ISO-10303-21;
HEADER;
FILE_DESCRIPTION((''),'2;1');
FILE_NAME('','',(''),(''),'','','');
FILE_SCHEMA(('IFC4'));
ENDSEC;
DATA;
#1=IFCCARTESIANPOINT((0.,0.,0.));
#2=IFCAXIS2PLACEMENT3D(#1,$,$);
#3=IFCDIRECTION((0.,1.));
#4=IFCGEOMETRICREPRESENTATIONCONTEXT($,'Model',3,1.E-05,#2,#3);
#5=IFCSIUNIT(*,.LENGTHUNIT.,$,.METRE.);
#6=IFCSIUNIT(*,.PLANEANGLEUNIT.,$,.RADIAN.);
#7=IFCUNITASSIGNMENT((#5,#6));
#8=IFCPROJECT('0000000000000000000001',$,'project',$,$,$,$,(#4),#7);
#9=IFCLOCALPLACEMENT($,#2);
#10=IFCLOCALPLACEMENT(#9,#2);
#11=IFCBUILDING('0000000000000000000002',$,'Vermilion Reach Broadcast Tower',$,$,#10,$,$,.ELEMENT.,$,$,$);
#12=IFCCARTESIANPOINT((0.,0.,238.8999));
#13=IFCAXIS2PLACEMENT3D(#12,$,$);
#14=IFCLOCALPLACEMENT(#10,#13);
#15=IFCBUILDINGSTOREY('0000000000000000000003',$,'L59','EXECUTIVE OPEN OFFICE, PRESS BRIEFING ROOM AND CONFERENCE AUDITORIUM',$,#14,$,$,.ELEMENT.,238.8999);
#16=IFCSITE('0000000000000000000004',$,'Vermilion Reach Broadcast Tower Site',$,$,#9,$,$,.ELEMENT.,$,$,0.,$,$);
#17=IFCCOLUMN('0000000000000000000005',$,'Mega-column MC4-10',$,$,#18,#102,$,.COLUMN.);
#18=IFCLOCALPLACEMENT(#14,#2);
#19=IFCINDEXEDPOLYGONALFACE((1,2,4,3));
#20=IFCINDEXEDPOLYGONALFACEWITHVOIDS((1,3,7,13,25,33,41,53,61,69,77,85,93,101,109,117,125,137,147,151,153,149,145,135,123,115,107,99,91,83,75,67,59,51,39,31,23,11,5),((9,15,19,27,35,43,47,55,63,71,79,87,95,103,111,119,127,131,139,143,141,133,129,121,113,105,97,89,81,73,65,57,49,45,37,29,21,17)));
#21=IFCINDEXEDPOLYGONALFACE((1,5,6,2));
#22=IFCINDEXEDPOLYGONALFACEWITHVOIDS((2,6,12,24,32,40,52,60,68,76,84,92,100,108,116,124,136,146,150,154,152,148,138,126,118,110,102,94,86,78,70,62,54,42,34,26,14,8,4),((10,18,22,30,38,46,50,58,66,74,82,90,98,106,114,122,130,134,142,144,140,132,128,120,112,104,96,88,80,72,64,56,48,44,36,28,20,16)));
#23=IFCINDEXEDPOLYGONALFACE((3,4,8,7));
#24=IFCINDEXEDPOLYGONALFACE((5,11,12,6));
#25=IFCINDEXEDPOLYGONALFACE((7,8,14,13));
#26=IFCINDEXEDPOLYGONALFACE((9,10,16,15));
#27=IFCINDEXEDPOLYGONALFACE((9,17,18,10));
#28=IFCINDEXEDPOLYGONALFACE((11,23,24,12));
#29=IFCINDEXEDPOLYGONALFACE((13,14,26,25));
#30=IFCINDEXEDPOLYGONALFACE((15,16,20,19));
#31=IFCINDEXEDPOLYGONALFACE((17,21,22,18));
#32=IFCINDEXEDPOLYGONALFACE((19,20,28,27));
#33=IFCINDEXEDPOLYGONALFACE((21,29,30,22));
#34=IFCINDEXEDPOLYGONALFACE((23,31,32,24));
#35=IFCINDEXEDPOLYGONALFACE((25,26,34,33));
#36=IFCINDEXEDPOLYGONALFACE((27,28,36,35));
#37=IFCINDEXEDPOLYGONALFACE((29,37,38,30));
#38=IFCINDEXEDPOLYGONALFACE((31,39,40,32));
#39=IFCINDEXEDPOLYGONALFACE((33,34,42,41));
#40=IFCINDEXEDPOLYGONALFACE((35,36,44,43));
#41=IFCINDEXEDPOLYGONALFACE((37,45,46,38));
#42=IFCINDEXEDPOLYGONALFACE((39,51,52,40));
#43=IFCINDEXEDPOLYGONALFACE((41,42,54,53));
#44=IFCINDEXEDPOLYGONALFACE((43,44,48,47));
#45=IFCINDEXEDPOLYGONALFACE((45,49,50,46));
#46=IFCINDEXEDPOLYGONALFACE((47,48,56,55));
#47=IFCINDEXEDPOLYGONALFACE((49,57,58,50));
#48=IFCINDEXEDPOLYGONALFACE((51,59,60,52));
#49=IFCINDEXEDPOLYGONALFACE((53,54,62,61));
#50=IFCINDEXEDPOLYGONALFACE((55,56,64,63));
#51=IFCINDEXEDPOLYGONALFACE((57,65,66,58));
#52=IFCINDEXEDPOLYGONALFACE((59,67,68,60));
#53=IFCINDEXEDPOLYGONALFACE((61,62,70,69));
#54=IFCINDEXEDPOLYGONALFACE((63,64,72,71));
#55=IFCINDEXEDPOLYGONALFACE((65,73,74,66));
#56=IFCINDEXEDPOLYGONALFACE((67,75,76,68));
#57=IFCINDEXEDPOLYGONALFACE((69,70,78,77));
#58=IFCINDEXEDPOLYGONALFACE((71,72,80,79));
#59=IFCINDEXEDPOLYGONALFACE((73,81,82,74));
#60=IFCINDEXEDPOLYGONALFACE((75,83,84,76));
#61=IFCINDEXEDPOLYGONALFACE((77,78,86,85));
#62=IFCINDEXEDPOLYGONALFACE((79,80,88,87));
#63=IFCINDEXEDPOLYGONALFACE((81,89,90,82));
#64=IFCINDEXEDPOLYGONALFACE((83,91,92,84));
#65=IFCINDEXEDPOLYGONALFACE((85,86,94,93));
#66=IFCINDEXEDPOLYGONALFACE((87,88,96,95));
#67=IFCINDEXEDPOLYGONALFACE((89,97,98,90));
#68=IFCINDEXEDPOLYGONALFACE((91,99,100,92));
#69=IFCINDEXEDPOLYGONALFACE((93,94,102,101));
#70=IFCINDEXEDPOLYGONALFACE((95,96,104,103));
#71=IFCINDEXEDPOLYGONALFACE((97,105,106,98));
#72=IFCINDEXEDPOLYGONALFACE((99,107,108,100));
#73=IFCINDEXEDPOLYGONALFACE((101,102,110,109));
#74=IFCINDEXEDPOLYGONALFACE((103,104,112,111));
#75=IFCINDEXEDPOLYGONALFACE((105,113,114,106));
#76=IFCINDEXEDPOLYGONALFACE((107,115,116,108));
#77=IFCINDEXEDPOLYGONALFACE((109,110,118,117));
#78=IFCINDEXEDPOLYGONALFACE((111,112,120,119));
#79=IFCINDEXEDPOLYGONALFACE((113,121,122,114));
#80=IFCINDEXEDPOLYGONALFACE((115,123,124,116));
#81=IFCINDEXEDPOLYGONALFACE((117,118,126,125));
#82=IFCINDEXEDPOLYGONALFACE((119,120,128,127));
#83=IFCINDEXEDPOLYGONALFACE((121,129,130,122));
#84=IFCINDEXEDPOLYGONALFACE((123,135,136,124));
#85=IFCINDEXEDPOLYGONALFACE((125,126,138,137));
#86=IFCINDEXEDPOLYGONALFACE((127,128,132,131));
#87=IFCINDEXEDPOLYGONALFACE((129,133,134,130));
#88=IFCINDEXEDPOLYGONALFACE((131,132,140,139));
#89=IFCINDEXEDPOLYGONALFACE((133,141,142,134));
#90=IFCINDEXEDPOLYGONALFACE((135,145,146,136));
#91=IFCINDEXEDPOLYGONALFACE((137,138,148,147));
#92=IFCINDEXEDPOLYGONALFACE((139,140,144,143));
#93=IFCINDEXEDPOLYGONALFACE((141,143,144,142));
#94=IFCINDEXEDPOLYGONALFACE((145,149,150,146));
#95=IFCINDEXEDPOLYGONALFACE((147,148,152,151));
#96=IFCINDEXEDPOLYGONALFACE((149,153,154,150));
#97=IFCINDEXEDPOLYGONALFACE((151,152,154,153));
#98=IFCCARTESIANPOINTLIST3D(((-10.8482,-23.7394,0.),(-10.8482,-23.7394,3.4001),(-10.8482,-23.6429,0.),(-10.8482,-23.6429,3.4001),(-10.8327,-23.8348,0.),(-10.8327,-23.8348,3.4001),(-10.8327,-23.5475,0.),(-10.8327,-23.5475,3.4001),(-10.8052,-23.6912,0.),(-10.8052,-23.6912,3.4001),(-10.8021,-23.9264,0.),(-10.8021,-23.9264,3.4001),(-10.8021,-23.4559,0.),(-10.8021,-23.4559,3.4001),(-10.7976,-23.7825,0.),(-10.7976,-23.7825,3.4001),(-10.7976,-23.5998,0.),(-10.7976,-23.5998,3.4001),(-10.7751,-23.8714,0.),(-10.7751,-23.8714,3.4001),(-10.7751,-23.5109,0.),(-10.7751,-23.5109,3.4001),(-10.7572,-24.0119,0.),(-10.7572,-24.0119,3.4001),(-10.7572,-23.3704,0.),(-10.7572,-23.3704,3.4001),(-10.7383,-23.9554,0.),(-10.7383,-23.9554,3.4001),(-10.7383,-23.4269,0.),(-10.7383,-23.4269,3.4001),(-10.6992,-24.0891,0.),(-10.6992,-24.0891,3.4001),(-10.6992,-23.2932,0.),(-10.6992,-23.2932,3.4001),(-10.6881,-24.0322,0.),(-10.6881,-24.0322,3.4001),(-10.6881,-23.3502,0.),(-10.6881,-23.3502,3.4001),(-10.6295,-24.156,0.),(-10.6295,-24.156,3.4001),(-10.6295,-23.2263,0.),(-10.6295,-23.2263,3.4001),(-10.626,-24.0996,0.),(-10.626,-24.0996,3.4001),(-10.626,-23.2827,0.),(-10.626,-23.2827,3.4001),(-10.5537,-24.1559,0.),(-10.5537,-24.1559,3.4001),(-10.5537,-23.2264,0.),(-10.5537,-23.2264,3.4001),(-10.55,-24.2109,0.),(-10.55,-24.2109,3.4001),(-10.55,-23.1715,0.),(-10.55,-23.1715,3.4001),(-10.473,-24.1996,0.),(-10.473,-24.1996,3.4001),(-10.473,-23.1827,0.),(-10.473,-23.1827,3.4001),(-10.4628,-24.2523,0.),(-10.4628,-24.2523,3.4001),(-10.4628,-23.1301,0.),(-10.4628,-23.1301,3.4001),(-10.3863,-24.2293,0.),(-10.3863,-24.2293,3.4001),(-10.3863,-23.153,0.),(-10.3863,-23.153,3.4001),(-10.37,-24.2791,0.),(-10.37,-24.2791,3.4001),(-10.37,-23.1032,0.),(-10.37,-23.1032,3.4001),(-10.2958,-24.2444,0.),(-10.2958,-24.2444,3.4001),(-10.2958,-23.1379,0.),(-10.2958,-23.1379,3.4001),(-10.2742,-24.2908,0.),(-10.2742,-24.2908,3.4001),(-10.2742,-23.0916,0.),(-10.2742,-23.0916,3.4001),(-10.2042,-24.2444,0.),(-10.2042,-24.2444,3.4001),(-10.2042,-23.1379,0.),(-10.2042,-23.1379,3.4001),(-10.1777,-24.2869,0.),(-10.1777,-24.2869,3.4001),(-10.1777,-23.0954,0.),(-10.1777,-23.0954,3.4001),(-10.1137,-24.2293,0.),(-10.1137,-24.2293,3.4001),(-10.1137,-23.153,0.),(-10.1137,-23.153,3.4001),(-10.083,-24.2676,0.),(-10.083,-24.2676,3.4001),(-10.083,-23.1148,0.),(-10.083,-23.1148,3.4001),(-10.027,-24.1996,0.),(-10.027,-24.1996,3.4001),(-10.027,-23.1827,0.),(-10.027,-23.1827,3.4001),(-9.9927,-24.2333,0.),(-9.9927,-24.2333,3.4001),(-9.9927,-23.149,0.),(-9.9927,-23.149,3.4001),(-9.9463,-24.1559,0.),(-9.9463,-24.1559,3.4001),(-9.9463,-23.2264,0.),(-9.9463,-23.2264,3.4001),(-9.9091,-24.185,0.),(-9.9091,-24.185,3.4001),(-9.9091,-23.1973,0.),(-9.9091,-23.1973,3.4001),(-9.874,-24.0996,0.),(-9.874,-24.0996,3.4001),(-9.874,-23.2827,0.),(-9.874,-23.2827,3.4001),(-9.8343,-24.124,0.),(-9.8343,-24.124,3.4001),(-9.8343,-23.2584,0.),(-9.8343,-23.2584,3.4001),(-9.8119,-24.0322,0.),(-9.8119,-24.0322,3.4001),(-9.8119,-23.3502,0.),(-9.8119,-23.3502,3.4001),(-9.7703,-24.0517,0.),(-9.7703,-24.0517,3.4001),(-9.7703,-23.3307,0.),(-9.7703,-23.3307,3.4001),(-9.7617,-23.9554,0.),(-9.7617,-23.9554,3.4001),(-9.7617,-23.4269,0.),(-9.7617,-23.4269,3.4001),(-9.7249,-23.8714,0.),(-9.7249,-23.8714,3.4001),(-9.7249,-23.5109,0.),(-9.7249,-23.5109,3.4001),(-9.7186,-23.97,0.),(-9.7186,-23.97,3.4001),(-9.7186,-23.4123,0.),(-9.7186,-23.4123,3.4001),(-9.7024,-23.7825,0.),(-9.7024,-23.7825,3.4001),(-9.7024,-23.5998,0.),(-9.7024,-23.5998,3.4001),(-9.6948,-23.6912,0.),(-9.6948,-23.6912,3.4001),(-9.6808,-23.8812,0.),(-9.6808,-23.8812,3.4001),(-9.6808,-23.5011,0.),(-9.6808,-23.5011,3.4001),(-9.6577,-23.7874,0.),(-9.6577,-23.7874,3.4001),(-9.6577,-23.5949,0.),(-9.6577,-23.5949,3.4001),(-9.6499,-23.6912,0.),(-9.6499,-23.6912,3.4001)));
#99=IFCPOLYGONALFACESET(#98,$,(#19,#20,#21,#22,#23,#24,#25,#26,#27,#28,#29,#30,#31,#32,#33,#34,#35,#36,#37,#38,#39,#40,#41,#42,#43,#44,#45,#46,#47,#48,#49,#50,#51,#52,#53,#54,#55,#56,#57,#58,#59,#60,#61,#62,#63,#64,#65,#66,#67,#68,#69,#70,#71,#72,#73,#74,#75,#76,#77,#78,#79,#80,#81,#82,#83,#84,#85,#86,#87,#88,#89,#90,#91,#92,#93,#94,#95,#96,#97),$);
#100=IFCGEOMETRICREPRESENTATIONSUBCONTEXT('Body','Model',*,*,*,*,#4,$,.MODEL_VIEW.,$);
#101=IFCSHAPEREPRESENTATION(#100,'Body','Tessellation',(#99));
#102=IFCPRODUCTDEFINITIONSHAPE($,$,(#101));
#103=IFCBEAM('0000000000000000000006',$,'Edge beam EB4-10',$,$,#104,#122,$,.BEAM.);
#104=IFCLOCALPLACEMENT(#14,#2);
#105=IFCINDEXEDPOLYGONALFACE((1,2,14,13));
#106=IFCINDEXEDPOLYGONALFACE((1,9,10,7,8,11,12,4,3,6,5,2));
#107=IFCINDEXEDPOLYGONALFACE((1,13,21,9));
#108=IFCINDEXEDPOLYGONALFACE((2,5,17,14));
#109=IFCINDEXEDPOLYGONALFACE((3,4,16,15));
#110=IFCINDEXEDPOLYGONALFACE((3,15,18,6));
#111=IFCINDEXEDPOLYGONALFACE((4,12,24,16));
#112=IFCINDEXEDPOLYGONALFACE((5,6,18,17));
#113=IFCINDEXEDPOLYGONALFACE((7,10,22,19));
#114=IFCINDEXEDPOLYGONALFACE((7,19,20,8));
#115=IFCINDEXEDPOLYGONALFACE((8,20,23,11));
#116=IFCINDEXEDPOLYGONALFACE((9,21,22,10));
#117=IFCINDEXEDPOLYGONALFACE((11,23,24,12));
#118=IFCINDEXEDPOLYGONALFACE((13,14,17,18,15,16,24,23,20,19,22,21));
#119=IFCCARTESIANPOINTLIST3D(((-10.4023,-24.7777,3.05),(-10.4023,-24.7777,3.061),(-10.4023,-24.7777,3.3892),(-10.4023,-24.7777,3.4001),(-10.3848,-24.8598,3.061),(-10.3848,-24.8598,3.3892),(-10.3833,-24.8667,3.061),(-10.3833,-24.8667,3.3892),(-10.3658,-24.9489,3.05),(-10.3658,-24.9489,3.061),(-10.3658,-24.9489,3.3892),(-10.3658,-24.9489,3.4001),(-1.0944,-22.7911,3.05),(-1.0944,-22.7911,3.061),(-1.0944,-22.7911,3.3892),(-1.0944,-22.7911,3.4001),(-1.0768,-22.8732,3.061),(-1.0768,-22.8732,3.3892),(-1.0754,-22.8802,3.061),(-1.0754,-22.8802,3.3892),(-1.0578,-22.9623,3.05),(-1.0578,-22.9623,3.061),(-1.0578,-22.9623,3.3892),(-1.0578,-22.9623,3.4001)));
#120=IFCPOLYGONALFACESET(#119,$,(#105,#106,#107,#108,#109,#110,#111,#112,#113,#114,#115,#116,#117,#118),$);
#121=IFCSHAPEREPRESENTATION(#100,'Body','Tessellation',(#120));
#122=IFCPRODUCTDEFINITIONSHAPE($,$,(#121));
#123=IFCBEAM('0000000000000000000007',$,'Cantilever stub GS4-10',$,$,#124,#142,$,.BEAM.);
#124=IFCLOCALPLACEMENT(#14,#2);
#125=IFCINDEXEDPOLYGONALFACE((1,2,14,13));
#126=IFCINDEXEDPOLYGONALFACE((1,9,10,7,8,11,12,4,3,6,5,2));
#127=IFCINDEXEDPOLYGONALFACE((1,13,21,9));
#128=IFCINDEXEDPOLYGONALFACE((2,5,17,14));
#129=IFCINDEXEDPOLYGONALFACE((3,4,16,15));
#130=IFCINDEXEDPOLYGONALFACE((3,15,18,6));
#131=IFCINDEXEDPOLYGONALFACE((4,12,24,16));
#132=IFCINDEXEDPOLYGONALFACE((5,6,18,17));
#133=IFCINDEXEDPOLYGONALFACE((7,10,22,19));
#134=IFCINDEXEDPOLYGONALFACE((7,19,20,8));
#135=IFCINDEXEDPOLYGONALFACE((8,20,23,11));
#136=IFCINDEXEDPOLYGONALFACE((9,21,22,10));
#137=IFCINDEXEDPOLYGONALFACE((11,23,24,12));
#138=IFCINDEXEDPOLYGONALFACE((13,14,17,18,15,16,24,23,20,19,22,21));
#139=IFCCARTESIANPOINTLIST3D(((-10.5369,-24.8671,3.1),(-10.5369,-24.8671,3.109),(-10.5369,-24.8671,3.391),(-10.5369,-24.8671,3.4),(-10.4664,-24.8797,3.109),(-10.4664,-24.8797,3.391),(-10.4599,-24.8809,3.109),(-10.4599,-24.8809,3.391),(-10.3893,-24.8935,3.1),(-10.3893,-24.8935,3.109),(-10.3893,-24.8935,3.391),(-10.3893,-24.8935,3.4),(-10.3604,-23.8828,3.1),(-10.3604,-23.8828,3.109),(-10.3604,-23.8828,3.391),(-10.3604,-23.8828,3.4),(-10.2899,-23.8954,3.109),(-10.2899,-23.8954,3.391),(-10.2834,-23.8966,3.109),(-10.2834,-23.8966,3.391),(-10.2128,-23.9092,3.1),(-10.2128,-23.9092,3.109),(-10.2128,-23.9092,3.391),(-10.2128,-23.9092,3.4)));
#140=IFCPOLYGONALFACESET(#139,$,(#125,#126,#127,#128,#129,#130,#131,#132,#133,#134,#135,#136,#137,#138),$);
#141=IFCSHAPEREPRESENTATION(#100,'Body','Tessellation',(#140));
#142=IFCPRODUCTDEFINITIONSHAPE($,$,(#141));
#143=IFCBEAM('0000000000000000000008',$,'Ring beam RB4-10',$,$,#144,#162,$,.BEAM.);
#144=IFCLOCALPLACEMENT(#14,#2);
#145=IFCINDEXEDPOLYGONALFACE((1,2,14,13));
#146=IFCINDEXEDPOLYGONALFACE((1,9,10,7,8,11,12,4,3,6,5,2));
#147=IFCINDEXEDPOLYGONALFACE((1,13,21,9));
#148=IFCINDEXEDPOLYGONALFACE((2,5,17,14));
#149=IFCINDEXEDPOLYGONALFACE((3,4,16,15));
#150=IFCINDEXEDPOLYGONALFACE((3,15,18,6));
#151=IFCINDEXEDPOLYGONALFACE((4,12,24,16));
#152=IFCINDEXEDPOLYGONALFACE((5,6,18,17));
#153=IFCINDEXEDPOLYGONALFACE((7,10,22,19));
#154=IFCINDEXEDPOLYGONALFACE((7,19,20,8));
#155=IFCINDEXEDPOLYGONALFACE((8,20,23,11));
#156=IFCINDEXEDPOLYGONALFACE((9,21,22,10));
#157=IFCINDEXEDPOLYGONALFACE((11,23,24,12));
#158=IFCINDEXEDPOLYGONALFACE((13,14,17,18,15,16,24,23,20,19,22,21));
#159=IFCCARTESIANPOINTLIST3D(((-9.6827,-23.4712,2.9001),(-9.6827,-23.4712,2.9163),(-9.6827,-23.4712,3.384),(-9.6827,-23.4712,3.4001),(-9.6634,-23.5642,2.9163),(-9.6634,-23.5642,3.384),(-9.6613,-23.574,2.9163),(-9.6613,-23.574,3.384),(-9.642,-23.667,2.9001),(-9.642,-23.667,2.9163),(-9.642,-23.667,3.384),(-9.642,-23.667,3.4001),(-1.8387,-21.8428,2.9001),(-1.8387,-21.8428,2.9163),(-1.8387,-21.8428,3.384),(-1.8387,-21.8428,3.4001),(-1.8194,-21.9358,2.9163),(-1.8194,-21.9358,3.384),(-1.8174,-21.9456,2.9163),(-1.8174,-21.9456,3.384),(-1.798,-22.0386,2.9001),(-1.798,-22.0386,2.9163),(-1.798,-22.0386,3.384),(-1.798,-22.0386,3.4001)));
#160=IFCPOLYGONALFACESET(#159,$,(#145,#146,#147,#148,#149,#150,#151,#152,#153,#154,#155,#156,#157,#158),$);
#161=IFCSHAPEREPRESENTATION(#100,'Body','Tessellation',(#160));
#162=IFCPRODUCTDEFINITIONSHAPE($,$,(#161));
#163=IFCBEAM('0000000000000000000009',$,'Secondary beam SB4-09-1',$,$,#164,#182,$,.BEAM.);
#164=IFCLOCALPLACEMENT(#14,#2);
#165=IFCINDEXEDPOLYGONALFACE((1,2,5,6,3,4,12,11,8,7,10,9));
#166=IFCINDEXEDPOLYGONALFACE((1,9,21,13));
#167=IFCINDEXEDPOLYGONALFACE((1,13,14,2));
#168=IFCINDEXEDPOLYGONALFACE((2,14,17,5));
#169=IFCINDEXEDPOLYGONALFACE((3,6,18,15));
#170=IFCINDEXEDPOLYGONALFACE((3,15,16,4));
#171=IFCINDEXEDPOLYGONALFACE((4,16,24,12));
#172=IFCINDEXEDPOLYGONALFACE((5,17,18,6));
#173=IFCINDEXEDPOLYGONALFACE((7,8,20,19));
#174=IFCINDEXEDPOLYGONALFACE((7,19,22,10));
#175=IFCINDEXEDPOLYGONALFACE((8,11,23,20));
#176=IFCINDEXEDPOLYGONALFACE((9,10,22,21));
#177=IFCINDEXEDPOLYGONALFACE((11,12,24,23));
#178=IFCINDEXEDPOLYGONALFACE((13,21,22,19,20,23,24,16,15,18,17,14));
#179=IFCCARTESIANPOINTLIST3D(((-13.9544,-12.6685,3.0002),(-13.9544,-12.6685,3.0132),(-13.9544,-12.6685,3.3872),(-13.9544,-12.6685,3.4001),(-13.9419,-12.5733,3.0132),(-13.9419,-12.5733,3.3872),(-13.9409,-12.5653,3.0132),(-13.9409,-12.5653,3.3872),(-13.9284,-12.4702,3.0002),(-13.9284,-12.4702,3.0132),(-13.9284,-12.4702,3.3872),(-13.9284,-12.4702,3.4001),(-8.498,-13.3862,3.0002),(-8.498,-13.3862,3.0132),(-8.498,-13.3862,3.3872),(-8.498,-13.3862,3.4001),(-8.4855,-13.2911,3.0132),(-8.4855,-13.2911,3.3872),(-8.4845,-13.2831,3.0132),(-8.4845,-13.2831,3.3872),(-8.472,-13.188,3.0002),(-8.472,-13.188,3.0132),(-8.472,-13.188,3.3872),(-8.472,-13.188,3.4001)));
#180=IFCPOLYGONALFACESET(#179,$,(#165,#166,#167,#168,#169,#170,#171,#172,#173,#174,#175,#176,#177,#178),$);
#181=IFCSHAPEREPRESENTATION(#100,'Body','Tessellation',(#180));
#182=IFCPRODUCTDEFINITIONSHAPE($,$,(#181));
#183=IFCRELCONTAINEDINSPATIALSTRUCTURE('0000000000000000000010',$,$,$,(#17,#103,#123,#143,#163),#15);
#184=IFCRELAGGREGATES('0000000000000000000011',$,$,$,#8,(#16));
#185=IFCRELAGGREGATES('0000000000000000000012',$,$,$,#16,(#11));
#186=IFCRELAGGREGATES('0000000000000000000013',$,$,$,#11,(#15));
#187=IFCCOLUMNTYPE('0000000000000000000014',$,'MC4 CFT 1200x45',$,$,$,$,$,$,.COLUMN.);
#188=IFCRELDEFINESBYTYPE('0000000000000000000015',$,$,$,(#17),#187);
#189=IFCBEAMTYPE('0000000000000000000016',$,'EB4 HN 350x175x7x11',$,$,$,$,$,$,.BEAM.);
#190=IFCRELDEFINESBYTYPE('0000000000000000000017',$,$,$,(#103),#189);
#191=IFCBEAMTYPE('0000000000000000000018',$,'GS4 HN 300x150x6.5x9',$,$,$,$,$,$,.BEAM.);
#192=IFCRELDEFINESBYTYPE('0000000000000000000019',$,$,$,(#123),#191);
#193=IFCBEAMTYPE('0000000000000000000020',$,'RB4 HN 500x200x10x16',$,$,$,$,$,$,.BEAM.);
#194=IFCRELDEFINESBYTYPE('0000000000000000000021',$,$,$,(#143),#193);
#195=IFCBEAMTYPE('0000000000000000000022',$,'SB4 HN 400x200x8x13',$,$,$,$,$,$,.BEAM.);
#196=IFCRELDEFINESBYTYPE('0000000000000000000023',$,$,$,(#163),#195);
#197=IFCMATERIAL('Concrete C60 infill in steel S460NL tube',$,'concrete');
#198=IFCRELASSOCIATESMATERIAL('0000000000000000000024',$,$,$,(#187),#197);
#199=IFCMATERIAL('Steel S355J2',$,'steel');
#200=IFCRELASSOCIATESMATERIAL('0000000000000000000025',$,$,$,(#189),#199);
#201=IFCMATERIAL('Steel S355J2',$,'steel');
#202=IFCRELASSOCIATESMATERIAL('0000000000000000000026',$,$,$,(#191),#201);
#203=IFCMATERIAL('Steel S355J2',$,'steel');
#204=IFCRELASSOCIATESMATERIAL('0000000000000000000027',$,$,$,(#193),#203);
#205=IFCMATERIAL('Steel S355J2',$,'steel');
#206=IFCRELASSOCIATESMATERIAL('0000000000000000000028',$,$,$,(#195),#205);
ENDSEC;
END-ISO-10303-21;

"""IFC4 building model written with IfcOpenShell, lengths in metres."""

from ifc_helpers import new_model, si_unit, direction, frame, origin, origin_2d, place, context, subcontext, project, spatial, hollow_circle, i_section, extrude, material, material_profile, profile_set, type_object, element, save


model = new_model("IFC4")

# Units and contexts
model_context = context("Model", 3, precision=1e-05, world=origin(), true_north=direction((0.0, 1.0)))
body_context = subcontext(model_context, "Body", "Model", "MODEL_VIEW")
ifc_project = project(units=[si_unit("LENGTHUNIT", "METRE"), si_unit("PLANEANGLEUNIT", "RADIAN")], contexts=[model_context])

# Site, building, storey
site_placement = place(None, origin())
site = spatial("IfcSite", under=ifc_project, at=site_placement, Name="Vermilion Reach Broadcast Tower Site", CompositionType="ELEMENT", RefElevation=0.0)
building_placement = place(site_placement, origin())
building = spatial("IfcBuilding", under=site, at=building_placement, Name="Vermilion Reach Broadcast Tower", CompositionType="ELEMENT")
storey_placement = place(building_placement, frame((0.0, 0.0, 238.8999)))
storey = spatial("IfcBuildingStorey", under=building, at=storey_placement, Name="L59", Description="EXECUTIVE OPEN OFFICE, PRESS BRIEFING ROOM AND CONFERENCE AUDITORIUM", CompositionType="ELEMENT", Elevation=238.8999)

# Column
ifc_material_1 = material(Name="Concrete C60 infill in steel S460NL tube", Category="concrete")
ifc_material_profile_1 = material_profile(ifc_material_1, hollow_circle(Radius=0.6001, WallThickness=0.0449, at=origin_2d()), Name="Concrete C60 infill in steel S460NL tube CFT 1200x45")
ifc_profile_set_1 = profile_set([ifc_material_profile_1], Name="Concrete C60 infill in steel S460NL tube")
column_type = type_object("IfcColumnType", Name="MC4 CFT 1200x45", PredefinedType="COLUMN", material=ifc_profile_set_1)
column_placement = place(storey_placement, frame((-10.25, -23.6912, 0.0), z_axis=(0.0, 0.0, 1.0), x_axis=(1.0, 0.0, 0.0)))
element("IfcColumn", 1, at=column_placement, inside=storey, type_object=column_type, Name="Mega-column MC4-10", PredefinedType="COLUMN", context=body_context, shape_type="SweptSolid", body=[
    extrude(hollow_circle(Radius=0.6001, WallThickness=0.0449, at=origin_2d()), origin(), (0.0, 0.0, 1.0), 3.4001),
])

# Beams
ifc_material_2 = material(Name="Steel S355J2", Category="steel")
ifc_material_profile_2 = material_profile(ifc_material_2, i_section(OverallWidth=0.175, OverallDepth=0.3501, WebThickness=0.0071, FlangeThickness=0.011, at=origin_2d()), Name="S355J2 HN 350x175x7x11")
ifc_profile_set_2 = profile_set([ifc_material_profile_2], Name="Steel S355J2")
beam_type_1 = type_object("IfcBeamType", Name="EB4 HN 350x175x7x11", PredefinedType="BEAM", material=ifc_profile_set_2)
beam_1_placement = place(storey_placement, frame((-10.384, -24.8633, 3.2251), z_axis=(0.977974, 0.208728, 0.0), x_axis=(-0.208728, 0.977974, 0.0)))
element("IfcBeam", 2, at=beam_1_placement, inside=storey, type_object=beam_type_1, Name="Edge beam EB4-10", PredefinedType="BEAM", context=body_context, shape_type="SweptSolid", body=[
    extrude(i_section(OverallWidth=0.175, OverallDepth=0.3501, WebThickness=0.0071, FlangeThickness=0.011, at=origin_2d()), origin(), (0.0, 0.0, 1.0), 9.5176),
])
ifc_material_3 = material(Name="Steel S355J2", Category="steel")
ifc_material_profile_3 = material_profile(ifc_material_3, i_section(OverallWidth=0.1499, OverallDepth=0.3, WebThickness=0.0066, FlangeThickness=0.009, at=origin_2d()), Name="S355J2 HN 300x150x6.5x9")
ifc_profile_set_3 = profile_set([ifc_material_profile_3], Name="Steel S355J2")
beam_type_2 = type_object("IfcBeamType", Name="GS4 HN 300x150x6.5x9", PredefinedType="BEAM", material=ifc_profile_set_3)
beam_2_placement = place(storey_placement, frame((-10.2866, -23.896, 3.25), z_axis=(-0.1765, -0.984301, 0.0), x_axis=(0.984301, -0.1765, 0.0)))
element("IfcBeam", 3, at=beam_2_placement, inside=storey, type_object=beam_type_2, Name="Cantilever stub GS4-10", PredefinedType="BEAM", context=body_context, shape_type="SweptSolid", body=[
    extrude(i_section(OverallWidth=0.1499, OverallDepth=0.3, WebThickness=0.0066, FlangeThickness=0.009, at=origin_2d()), origin(), (0.0, 0.0, 1.0), 1.0),
])
ifc_material_4 = material(Name="Steel S355J2", Category="steel")
ifc_material_profile_4 = material_profile(ifc_material_4, i_section(OverallWidth=0.2, OverallDepth=0.5, WebThickness=0.01, FlangeThickness=0.0161, at=origin_2d()), Name="S355J2 HN 500x200x10x16")
ifc_profile_set_4 = profile_set([ifc_material_profile_4], Name="Steel S355J2")
beam_type_3 = type_object("IfcBeamType", Name="RB4 HN 500x200x10x16", PredefinedType="BEAM", material=ifc_profile_set_4)
beam_3_placement = place(storey_placement, frame((-9.6624, -23.5691, 3.1501), z_axis=(0.979123, 0.203267, 0.0), x_axis=(-0.203267, 0.979123, 0.0)))
element("IfcBeam", 4, at=beam_3_placement, inside=storey, type_object=beam_type_3, Name="Ring beam RB4-10", PredefinedType="BEAM", context=body_context, shape_type="SweptSolid", body=[
    extrude(i_section(OverallWidth=0.2, OverallDepth=0.5, WebThickness=0.01, FlangeThickness=0.0161, at=origin_2d()), origin(), (0.0, 0.0, 1.0), 8.0112),
])
ifc_material_5 = material(Name="Steel S355J2", Category="steel")
ifc_material_profile_5 = material_profile(ifc_material_5, i_section(OverallWidth=0.2, OverallDepth=0.3999, WebThickness=0.0081, FlangeThickness=0.0129, at=origin_2d()), Name="S355J2 HN 400x200x8x13")
ifc_profile_set_5 = profile_set([ifc_material_profile_5], Name="Steel S355J2")
beam_type_4 = type_object("IfcBeamType", Name="SB4 HN 400x200x8x13", PredefinedType="BEAM", material=ifc_profile_set_5)
beam_4_placement = place(storey_placement, frame((-13.9414, -12.5693, 3.2002), z_axis=(0.991458, -0.130426, 0.0), x_axis=(0.130426, 0.991458, 0.0)))
element("IfcBeam", 5, at=beam_4_placement, inside=storey, type_object=beam_type_4, Name="Secondary beam SB4-09-1", PredefinedType="BEAM", context=body_context, shape_type="SweptSolid", body=[
    extrude(i_section(OverallWidth=0.2, OverallDepth=0.3999, WebThickness=0.0081, FlangeThickness=0.0129, at=origin_2d()), origin(), (0.0, 0.0, 1.0), 5.5034),
])

save(model, "model.ifc")
